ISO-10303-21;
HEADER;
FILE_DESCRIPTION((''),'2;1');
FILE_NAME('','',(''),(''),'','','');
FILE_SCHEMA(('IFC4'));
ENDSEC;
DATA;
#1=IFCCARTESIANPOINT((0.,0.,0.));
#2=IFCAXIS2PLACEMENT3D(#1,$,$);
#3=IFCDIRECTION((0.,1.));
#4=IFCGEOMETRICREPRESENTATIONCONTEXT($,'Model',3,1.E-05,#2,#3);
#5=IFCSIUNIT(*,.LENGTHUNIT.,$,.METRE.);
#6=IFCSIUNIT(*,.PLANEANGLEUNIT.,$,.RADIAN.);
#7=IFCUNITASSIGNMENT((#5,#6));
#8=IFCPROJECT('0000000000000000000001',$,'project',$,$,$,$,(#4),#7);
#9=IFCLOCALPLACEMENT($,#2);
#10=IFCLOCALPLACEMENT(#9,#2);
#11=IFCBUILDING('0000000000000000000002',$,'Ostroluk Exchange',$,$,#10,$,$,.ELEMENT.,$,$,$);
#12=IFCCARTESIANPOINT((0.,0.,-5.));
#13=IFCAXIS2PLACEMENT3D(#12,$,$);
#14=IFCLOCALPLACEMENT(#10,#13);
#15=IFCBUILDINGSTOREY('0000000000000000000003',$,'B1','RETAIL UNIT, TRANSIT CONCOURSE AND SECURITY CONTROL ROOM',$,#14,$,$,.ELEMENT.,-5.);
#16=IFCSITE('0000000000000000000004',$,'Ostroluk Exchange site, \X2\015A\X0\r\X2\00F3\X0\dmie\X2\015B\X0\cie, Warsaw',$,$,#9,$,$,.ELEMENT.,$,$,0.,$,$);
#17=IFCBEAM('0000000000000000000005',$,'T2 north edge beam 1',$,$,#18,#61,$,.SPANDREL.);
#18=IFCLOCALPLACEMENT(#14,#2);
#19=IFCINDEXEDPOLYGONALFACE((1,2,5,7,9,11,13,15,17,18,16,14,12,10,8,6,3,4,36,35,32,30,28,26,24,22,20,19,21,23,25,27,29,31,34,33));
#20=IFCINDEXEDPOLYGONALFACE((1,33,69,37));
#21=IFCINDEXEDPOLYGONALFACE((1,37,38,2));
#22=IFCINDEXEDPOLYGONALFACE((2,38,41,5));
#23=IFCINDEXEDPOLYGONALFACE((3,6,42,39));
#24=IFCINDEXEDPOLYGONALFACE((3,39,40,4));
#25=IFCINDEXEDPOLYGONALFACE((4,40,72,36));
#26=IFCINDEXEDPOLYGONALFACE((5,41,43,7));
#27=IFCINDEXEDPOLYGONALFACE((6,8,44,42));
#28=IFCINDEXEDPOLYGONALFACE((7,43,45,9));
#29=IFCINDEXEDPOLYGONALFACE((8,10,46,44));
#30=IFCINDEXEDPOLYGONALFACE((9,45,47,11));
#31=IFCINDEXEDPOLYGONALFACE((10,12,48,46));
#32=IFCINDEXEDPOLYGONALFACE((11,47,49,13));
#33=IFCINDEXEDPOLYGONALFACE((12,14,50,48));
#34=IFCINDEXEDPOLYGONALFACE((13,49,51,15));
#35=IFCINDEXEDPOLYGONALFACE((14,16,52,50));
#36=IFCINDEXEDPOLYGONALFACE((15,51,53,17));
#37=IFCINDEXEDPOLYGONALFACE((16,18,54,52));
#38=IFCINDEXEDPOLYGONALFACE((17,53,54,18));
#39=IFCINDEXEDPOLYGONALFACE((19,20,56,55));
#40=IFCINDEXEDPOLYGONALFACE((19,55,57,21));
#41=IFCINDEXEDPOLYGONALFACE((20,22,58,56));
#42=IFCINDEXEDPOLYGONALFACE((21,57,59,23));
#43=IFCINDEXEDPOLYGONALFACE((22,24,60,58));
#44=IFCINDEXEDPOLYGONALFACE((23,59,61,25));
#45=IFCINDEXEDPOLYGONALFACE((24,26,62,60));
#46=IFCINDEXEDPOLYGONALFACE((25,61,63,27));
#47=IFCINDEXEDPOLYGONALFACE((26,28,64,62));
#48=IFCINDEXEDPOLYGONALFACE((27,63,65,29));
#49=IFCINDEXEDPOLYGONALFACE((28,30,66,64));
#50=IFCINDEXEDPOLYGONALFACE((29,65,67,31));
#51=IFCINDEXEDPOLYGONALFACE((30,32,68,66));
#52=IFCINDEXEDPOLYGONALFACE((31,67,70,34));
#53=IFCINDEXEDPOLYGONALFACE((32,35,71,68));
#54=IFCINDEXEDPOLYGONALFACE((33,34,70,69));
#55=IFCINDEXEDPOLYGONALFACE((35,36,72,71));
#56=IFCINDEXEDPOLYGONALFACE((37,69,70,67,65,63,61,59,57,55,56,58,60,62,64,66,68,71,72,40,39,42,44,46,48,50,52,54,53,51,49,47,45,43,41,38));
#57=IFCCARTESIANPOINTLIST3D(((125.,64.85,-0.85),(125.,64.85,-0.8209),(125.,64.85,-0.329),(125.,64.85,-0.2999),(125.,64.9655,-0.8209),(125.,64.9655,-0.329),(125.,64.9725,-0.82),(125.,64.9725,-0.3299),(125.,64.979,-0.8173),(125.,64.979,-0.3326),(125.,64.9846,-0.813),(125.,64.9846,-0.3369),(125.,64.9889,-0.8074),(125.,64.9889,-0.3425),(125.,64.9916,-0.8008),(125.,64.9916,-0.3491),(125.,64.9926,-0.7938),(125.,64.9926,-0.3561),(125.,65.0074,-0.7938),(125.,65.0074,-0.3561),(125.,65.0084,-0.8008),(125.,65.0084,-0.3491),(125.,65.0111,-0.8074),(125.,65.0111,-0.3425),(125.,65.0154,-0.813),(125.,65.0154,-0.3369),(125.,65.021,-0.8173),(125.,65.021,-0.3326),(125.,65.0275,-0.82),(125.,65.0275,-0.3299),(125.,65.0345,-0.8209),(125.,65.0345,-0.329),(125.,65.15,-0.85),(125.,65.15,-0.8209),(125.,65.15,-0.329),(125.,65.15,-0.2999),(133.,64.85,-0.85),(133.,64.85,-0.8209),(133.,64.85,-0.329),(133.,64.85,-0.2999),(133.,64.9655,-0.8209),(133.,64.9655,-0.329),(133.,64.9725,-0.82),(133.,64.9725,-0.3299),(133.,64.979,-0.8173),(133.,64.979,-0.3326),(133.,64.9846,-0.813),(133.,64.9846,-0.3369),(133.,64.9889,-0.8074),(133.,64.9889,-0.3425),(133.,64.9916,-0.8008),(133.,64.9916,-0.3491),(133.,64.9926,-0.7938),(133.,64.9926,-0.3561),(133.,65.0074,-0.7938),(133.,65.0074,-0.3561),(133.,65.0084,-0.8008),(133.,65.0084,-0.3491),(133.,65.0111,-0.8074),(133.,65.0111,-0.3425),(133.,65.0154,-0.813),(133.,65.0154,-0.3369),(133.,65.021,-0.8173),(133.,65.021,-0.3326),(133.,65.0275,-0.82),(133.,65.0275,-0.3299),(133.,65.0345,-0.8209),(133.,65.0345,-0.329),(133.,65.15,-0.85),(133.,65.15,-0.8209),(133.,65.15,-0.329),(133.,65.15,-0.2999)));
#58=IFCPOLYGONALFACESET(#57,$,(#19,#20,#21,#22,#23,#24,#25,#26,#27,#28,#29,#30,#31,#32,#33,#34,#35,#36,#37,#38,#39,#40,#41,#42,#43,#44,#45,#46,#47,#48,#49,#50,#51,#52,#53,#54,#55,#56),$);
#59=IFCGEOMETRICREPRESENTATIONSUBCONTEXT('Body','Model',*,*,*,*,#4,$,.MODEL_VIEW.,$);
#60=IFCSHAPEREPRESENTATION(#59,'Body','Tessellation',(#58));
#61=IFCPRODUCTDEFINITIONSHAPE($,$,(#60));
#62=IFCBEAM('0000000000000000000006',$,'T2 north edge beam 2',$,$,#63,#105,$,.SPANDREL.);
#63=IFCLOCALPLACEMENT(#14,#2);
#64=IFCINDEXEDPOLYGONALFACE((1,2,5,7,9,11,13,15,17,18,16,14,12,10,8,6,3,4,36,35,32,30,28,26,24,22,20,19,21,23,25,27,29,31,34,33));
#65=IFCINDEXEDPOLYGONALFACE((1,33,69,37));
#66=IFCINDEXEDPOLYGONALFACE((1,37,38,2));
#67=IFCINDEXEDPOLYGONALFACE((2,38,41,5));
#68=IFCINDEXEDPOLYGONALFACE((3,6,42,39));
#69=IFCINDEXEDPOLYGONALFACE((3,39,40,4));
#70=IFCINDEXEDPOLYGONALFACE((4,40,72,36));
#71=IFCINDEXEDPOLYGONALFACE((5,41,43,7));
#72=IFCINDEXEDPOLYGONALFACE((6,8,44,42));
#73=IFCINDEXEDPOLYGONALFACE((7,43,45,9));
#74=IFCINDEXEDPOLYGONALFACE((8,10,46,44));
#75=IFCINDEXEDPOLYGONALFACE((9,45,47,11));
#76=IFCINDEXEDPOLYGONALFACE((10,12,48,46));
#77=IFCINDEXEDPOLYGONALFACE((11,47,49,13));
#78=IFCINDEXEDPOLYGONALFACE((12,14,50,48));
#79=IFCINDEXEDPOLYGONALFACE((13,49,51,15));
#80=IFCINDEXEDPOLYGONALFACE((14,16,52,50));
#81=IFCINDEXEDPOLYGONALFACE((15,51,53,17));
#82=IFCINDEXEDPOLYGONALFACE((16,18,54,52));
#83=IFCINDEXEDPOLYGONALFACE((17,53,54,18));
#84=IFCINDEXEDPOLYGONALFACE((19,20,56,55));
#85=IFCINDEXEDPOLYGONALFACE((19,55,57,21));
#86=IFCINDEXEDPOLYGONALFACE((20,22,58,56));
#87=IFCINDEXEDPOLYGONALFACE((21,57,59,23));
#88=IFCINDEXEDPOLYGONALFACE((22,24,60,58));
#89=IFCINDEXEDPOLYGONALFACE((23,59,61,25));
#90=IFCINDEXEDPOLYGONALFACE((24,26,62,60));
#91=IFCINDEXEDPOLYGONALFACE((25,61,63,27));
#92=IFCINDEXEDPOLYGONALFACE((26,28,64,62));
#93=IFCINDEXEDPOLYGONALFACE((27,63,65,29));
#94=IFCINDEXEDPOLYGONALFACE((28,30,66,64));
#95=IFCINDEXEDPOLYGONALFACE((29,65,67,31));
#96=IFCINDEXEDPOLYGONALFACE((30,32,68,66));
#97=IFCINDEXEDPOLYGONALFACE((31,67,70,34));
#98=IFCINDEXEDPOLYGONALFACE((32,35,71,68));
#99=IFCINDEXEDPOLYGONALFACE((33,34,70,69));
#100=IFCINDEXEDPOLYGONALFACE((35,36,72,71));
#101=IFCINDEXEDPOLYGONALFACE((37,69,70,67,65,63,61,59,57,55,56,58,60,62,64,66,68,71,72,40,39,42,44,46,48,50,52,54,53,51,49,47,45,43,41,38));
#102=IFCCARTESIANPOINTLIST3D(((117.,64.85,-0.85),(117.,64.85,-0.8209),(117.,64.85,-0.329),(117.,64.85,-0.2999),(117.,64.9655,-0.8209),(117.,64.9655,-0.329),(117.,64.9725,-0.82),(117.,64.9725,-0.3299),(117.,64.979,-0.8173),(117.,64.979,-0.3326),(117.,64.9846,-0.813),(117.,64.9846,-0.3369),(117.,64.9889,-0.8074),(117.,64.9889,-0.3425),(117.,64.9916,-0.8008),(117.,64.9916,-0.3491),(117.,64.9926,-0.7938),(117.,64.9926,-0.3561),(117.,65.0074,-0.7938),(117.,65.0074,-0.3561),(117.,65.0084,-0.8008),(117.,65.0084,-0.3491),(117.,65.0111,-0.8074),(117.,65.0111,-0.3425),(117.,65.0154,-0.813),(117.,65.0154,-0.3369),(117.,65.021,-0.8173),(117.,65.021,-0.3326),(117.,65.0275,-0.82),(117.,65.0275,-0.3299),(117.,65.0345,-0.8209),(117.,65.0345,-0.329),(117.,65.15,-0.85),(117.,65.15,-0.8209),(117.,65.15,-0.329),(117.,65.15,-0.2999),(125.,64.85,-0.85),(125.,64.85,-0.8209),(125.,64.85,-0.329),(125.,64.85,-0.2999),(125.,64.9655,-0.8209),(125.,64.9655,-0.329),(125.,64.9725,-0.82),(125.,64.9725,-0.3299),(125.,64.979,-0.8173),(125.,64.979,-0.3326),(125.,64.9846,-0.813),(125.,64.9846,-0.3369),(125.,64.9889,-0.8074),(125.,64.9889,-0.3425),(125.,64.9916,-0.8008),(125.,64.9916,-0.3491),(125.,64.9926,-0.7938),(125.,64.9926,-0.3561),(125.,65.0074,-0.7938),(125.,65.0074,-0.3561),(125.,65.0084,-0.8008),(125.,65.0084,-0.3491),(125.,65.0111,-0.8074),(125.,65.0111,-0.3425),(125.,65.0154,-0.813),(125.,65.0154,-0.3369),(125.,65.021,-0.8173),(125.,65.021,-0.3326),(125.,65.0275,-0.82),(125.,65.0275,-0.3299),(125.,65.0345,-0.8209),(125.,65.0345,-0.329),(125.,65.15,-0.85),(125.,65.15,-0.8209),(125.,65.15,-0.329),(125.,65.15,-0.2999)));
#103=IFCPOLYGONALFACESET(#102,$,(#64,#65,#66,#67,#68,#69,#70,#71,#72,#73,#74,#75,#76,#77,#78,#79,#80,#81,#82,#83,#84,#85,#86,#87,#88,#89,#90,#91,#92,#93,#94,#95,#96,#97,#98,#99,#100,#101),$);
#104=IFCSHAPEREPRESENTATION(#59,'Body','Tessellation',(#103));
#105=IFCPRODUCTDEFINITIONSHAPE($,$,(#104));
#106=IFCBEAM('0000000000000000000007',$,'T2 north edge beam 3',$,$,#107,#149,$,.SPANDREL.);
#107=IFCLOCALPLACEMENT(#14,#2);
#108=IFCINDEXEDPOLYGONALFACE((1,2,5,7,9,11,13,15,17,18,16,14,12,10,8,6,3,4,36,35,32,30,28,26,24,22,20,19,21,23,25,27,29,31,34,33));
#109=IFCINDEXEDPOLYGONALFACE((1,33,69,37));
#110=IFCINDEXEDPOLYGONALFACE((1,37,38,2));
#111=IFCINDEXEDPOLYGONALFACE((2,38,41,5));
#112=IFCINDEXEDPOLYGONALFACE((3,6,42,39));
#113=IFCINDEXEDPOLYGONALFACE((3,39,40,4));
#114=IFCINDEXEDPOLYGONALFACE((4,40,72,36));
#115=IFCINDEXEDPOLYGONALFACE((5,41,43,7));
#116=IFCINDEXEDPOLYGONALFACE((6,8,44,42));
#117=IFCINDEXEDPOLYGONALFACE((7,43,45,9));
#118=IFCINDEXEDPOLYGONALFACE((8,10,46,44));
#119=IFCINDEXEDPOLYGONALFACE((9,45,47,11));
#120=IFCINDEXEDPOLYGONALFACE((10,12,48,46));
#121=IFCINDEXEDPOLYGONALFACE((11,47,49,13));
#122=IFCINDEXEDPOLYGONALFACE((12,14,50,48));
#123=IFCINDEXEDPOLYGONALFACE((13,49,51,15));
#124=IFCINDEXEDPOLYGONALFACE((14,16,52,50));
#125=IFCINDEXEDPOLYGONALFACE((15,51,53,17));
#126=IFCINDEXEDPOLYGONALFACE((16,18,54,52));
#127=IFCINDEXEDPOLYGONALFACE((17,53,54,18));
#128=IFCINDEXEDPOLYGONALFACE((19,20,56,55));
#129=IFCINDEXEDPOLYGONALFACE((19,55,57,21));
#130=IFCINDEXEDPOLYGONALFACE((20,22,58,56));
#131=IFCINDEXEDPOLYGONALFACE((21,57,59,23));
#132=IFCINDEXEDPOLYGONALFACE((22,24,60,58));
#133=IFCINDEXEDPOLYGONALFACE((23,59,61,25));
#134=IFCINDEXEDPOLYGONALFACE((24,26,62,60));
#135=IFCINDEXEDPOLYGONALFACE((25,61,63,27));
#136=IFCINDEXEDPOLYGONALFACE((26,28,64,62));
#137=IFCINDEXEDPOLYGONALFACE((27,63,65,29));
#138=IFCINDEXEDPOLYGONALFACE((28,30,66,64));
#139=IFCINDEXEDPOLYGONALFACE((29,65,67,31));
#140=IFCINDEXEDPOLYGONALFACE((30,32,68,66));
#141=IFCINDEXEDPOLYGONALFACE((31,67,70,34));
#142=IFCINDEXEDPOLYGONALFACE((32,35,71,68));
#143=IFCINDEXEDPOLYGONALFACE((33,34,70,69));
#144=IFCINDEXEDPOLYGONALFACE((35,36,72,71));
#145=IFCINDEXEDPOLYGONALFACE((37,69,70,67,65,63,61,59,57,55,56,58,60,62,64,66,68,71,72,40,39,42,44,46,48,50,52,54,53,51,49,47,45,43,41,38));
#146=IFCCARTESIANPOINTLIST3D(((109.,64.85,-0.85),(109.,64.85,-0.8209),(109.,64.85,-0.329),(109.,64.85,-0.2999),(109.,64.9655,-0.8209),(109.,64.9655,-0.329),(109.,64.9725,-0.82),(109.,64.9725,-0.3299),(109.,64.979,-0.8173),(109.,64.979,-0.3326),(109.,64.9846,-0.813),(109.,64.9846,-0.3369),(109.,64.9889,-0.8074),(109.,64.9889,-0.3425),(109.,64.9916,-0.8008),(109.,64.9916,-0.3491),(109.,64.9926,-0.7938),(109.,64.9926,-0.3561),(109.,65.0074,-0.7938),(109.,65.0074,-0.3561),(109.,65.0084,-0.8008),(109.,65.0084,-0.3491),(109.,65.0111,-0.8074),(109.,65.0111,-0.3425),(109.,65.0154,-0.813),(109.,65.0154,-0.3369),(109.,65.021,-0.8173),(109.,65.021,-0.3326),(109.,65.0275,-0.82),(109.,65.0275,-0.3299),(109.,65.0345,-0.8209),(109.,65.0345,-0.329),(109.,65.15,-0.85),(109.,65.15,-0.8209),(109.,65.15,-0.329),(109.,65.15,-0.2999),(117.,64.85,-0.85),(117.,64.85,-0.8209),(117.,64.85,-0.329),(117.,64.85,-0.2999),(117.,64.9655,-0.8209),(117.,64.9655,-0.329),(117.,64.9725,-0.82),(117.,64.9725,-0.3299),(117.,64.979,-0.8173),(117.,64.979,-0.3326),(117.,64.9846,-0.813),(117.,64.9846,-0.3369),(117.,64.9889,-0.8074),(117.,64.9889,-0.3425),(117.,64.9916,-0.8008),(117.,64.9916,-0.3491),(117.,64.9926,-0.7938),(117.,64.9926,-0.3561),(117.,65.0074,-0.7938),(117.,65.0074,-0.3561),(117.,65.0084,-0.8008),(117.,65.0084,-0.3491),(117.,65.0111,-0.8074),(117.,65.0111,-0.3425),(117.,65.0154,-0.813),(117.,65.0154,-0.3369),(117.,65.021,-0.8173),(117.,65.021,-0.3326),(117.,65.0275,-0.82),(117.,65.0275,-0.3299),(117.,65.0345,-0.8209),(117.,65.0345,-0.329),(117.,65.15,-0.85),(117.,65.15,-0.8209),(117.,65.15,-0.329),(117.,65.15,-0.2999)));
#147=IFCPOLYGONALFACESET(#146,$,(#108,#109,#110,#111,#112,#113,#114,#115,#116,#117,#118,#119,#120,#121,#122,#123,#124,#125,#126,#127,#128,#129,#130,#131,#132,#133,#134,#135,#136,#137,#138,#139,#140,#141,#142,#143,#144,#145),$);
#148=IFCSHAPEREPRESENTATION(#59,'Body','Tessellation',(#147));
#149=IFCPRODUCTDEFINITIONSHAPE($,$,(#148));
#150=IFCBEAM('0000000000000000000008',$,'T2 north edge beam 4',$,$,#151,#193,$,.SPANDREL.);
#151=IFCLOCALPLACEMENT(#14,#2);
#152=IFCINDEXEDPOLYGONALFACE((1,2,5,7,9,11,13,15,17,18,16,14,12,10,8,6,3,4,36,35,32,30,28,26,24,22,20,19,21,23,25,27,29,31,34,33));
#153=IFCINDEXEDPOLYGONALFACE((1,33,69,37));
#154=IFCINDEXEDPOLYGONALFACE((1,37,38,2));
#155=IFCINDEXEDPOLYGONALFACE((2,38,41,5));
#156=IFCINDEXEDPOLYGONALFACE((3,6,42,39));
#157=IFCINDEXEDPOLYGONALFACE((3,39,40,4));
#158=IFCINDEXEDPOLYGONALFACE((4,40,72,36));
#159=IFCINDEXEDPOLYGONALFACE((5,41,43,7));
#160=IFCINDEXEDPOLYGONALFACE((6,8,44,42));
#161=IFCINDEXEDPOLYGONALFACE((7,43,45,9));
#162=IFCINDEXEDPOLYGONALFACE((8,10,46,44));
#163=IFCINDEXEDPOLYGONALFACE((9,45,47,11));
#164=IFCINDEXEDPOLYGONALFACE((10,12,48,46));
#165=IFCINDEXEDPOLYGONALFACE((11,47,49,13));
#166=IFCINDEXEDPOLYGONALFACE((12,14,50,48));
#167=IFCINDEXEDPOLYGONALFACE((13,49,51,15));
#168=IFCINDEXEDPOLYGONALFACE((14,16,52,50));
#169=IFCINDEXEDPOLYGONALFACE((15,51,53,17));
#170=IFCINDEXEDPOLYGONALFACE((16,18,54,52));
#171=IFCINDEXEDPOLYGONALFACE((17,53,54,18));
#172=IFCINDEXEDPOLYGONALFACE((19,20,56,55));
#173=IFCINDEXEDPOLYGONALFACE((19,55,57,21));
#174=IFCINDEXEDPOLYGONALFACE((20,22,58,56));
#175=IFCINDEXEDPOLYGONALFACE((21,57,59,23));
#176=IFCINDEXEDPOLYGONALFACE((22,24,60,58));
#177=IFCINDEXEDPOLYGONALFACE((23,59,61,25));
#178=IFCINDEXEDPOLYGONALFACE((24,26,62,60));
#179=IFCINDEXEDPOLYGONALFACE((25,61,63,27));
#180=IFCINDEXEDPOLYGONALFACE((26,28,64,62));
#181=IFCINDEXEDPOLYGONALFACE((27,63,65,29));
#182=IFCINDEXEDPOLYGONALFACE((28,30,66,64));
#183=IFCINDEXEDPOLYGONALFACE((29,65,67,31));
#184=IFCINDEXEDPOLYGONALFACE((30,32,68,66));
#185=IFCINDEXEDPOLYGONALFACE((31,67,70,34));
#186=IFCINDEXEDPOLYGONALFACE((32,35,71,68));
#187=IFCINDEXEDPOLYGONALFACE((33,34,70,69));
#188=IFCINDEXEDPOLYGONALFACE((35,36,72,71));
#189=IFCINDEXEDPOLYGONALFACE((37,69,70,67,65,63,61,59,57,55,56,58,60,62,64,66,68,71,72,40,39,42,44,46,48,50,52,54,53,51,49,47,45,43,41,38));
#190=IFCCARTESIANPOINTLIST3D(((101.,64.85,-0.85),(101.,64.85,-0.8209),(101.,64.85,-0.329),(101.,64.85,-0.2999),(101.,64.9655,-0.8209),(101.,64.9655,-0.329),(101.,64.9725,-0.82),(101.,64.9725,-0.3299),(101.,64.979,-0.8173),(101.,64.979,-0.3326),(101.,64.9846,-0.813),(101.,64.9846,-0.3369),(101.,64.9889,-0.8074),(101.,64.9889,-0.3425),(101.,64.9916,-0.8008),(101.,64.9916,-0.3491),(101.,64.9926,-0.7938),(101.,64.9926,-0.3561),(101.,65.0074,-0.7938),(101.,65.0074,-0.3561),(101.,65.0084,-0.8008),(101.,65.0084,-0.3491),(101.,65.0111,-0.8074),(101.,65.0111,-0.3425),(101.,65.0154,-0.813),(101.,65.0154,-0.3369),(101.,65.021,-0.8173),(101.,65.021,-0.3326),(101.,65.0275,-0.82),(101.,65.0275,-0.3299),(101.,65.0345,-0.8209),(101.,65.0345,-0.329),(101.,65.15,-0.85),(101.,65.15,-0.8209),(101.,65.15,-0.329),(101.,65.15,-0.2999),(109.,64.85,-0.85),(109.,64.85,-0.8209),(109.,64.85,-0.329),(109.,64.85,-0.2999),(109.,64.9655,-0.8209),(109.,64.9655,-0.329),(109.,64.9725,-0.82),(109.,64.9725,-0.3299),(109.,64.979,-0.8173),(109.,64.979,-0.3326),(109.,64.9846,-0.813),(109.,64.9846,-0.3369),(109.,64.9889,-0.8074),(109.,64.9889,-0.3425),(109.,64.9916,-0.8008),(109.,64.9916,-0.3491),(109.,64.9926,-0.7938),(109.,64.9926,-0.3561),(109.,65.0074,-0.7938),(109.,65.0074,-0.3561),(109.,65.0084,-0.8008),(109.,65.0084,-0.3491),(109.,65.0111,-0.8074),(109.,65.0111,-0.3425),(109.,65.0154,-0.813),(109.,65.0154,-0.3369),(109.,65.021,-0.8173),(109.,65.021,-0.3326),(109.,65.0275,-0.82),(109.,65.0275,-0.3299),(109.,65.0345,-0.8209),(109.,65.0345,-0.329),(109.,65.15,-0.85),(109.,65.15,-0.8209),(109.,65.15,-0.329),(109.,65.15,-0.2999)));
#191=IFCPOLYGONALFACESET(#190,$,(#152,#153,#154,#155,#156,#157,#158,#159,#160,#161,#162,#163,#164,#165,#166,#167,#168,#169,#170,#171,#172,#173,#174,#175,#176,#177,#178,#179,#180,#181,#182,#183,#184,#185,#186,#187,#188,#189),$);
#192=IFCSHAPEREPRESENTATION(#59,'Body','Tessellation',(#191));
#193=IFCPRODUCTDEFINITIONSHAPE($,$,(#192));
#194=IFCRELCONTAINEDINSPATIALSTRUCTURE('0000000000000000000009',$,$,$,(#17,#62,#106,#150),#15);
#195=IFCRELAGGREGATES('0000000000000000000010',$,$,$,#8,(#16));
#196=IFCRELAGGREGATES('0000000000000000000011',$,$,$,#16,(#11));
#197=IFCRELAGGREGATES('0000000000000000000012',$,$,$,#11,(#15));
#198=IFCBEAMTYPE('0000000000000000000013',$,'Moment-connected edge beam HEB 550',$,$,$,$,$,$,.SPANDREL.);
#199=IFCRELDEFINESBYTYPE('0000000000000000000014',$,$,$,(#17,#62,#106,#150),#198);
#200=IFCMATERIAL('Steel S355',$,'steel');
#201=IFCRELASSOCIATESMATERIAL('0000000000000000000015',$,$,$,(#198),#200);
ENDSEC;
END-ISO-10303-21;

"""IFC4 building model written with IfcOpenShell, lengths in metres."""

from ifc_helpers import new_model, si_unit, direction, frame, origin, origin_2d, place, context, subcontext, project, spatial, i_section, extrude, material, material_profile, profile_set, type_object, element, save


model = new_model("IFC4")

# Units and contexts
model_context = context("Model", 3, precision=1e-05, world=origin(), true_north=direction((0.0, 1.0)))
body_context = subcontext(model_context, "Body", "Model", "MODEL_VIEW")
ifc_project = project(units=[si_unit("LENGTHUNIT", "METRE"), si_unit("PLANEANGLEUNIT", "RADIAN")], contexts=[model_context])

# Site, building, storey
site_placement = place(None, origin())
site = spatial("IfcSite", under=ifc_project, at=site_placement, Name="Ostroluk Exchange site, Śródmieście, Warsaw", CompositionType="ELEMENT", RefElevation=0.0)
building_placement = place(site_placement, origin())
building = spatial("IfcBuilding", under=site, at=building_placement, Name="Ostroluk Exchange", CompositionType="ELEMENT")
storey_placement = place(building_placement, frame((0.0, 0.0, -5.0)))
storey = spatial("IfcBuildingStorey", under=building, at=storey_placement, Name="B1", Description="RETAIL UNIT, TRANSIT CONCOURSE AND SECURITY CONTROL ROOM", CompositionType="ELEMENT", Elevation=-5.0)

# Beams
ifc_material_1 = material(Name="Steel S355", Category="steel")
ifc_material_profile_1 = material_profile(ifc_material_1, i_section(OverallWidth=0.3, OverallDepth=0.55, WebThickness=0.0149, FlangeThickness=0.0291, FilletRadius=0.0271, at=origin_2d()), Name="HEB 550")
ifc_profile_set_1 = profile_set([ifc_material_profile_1], Name="Steel S355")
beam_type_1 = type_object("IfcBeamType", Name="Moment-connected edge beam HEB 550", PredefinedType="SPANDREL", material=ifc_profile_set_1)
for number, where, z_axis, x_axis, name in (
    (1, (133.0, 65.0, -0.575), (-1.0, 0.0, 0.0), (0.0, -1.0, 0.0), "T2 north edge beam 1"),
    (2, (125.0, 65.0, -0.575), (-1.0, 0.0, 0.0), (0.0, -1.0, 0.0), "T2 north edge beam 2"),
    (3, (117.0, 65.0, -0.575), (-1.0, 0.0, 0.0), (0.0, -1.0, 0.0), "T2 north edge beam 3"),
    (4, (109.0, 65.0, -0.575), (-1.0, 0.0, 0.0), (0.0, -1.0, 0.0), "T2 north edge beam 4"),
):
    element("IfcBeam", number, at=place(storey_placement, frame(where, z_axis=z_axis, x_axis=x_axis)), inside=storey, type_object=beam_type_1, Name=name, PredefinedType="SPANDREL", context=body_context, shape_type="SweptSolid", body=[
        extrude(i_section(OverallWidth=0.3, OverallDepth=0.55, WebThickness=0.0149, FlangeThickness=0.0291, FilletRadius=0.0271, at=origin_2d()), origin(), (0.0, 0.0, 1.0), 8.0),
    ])

save(model, "model.ifc")
